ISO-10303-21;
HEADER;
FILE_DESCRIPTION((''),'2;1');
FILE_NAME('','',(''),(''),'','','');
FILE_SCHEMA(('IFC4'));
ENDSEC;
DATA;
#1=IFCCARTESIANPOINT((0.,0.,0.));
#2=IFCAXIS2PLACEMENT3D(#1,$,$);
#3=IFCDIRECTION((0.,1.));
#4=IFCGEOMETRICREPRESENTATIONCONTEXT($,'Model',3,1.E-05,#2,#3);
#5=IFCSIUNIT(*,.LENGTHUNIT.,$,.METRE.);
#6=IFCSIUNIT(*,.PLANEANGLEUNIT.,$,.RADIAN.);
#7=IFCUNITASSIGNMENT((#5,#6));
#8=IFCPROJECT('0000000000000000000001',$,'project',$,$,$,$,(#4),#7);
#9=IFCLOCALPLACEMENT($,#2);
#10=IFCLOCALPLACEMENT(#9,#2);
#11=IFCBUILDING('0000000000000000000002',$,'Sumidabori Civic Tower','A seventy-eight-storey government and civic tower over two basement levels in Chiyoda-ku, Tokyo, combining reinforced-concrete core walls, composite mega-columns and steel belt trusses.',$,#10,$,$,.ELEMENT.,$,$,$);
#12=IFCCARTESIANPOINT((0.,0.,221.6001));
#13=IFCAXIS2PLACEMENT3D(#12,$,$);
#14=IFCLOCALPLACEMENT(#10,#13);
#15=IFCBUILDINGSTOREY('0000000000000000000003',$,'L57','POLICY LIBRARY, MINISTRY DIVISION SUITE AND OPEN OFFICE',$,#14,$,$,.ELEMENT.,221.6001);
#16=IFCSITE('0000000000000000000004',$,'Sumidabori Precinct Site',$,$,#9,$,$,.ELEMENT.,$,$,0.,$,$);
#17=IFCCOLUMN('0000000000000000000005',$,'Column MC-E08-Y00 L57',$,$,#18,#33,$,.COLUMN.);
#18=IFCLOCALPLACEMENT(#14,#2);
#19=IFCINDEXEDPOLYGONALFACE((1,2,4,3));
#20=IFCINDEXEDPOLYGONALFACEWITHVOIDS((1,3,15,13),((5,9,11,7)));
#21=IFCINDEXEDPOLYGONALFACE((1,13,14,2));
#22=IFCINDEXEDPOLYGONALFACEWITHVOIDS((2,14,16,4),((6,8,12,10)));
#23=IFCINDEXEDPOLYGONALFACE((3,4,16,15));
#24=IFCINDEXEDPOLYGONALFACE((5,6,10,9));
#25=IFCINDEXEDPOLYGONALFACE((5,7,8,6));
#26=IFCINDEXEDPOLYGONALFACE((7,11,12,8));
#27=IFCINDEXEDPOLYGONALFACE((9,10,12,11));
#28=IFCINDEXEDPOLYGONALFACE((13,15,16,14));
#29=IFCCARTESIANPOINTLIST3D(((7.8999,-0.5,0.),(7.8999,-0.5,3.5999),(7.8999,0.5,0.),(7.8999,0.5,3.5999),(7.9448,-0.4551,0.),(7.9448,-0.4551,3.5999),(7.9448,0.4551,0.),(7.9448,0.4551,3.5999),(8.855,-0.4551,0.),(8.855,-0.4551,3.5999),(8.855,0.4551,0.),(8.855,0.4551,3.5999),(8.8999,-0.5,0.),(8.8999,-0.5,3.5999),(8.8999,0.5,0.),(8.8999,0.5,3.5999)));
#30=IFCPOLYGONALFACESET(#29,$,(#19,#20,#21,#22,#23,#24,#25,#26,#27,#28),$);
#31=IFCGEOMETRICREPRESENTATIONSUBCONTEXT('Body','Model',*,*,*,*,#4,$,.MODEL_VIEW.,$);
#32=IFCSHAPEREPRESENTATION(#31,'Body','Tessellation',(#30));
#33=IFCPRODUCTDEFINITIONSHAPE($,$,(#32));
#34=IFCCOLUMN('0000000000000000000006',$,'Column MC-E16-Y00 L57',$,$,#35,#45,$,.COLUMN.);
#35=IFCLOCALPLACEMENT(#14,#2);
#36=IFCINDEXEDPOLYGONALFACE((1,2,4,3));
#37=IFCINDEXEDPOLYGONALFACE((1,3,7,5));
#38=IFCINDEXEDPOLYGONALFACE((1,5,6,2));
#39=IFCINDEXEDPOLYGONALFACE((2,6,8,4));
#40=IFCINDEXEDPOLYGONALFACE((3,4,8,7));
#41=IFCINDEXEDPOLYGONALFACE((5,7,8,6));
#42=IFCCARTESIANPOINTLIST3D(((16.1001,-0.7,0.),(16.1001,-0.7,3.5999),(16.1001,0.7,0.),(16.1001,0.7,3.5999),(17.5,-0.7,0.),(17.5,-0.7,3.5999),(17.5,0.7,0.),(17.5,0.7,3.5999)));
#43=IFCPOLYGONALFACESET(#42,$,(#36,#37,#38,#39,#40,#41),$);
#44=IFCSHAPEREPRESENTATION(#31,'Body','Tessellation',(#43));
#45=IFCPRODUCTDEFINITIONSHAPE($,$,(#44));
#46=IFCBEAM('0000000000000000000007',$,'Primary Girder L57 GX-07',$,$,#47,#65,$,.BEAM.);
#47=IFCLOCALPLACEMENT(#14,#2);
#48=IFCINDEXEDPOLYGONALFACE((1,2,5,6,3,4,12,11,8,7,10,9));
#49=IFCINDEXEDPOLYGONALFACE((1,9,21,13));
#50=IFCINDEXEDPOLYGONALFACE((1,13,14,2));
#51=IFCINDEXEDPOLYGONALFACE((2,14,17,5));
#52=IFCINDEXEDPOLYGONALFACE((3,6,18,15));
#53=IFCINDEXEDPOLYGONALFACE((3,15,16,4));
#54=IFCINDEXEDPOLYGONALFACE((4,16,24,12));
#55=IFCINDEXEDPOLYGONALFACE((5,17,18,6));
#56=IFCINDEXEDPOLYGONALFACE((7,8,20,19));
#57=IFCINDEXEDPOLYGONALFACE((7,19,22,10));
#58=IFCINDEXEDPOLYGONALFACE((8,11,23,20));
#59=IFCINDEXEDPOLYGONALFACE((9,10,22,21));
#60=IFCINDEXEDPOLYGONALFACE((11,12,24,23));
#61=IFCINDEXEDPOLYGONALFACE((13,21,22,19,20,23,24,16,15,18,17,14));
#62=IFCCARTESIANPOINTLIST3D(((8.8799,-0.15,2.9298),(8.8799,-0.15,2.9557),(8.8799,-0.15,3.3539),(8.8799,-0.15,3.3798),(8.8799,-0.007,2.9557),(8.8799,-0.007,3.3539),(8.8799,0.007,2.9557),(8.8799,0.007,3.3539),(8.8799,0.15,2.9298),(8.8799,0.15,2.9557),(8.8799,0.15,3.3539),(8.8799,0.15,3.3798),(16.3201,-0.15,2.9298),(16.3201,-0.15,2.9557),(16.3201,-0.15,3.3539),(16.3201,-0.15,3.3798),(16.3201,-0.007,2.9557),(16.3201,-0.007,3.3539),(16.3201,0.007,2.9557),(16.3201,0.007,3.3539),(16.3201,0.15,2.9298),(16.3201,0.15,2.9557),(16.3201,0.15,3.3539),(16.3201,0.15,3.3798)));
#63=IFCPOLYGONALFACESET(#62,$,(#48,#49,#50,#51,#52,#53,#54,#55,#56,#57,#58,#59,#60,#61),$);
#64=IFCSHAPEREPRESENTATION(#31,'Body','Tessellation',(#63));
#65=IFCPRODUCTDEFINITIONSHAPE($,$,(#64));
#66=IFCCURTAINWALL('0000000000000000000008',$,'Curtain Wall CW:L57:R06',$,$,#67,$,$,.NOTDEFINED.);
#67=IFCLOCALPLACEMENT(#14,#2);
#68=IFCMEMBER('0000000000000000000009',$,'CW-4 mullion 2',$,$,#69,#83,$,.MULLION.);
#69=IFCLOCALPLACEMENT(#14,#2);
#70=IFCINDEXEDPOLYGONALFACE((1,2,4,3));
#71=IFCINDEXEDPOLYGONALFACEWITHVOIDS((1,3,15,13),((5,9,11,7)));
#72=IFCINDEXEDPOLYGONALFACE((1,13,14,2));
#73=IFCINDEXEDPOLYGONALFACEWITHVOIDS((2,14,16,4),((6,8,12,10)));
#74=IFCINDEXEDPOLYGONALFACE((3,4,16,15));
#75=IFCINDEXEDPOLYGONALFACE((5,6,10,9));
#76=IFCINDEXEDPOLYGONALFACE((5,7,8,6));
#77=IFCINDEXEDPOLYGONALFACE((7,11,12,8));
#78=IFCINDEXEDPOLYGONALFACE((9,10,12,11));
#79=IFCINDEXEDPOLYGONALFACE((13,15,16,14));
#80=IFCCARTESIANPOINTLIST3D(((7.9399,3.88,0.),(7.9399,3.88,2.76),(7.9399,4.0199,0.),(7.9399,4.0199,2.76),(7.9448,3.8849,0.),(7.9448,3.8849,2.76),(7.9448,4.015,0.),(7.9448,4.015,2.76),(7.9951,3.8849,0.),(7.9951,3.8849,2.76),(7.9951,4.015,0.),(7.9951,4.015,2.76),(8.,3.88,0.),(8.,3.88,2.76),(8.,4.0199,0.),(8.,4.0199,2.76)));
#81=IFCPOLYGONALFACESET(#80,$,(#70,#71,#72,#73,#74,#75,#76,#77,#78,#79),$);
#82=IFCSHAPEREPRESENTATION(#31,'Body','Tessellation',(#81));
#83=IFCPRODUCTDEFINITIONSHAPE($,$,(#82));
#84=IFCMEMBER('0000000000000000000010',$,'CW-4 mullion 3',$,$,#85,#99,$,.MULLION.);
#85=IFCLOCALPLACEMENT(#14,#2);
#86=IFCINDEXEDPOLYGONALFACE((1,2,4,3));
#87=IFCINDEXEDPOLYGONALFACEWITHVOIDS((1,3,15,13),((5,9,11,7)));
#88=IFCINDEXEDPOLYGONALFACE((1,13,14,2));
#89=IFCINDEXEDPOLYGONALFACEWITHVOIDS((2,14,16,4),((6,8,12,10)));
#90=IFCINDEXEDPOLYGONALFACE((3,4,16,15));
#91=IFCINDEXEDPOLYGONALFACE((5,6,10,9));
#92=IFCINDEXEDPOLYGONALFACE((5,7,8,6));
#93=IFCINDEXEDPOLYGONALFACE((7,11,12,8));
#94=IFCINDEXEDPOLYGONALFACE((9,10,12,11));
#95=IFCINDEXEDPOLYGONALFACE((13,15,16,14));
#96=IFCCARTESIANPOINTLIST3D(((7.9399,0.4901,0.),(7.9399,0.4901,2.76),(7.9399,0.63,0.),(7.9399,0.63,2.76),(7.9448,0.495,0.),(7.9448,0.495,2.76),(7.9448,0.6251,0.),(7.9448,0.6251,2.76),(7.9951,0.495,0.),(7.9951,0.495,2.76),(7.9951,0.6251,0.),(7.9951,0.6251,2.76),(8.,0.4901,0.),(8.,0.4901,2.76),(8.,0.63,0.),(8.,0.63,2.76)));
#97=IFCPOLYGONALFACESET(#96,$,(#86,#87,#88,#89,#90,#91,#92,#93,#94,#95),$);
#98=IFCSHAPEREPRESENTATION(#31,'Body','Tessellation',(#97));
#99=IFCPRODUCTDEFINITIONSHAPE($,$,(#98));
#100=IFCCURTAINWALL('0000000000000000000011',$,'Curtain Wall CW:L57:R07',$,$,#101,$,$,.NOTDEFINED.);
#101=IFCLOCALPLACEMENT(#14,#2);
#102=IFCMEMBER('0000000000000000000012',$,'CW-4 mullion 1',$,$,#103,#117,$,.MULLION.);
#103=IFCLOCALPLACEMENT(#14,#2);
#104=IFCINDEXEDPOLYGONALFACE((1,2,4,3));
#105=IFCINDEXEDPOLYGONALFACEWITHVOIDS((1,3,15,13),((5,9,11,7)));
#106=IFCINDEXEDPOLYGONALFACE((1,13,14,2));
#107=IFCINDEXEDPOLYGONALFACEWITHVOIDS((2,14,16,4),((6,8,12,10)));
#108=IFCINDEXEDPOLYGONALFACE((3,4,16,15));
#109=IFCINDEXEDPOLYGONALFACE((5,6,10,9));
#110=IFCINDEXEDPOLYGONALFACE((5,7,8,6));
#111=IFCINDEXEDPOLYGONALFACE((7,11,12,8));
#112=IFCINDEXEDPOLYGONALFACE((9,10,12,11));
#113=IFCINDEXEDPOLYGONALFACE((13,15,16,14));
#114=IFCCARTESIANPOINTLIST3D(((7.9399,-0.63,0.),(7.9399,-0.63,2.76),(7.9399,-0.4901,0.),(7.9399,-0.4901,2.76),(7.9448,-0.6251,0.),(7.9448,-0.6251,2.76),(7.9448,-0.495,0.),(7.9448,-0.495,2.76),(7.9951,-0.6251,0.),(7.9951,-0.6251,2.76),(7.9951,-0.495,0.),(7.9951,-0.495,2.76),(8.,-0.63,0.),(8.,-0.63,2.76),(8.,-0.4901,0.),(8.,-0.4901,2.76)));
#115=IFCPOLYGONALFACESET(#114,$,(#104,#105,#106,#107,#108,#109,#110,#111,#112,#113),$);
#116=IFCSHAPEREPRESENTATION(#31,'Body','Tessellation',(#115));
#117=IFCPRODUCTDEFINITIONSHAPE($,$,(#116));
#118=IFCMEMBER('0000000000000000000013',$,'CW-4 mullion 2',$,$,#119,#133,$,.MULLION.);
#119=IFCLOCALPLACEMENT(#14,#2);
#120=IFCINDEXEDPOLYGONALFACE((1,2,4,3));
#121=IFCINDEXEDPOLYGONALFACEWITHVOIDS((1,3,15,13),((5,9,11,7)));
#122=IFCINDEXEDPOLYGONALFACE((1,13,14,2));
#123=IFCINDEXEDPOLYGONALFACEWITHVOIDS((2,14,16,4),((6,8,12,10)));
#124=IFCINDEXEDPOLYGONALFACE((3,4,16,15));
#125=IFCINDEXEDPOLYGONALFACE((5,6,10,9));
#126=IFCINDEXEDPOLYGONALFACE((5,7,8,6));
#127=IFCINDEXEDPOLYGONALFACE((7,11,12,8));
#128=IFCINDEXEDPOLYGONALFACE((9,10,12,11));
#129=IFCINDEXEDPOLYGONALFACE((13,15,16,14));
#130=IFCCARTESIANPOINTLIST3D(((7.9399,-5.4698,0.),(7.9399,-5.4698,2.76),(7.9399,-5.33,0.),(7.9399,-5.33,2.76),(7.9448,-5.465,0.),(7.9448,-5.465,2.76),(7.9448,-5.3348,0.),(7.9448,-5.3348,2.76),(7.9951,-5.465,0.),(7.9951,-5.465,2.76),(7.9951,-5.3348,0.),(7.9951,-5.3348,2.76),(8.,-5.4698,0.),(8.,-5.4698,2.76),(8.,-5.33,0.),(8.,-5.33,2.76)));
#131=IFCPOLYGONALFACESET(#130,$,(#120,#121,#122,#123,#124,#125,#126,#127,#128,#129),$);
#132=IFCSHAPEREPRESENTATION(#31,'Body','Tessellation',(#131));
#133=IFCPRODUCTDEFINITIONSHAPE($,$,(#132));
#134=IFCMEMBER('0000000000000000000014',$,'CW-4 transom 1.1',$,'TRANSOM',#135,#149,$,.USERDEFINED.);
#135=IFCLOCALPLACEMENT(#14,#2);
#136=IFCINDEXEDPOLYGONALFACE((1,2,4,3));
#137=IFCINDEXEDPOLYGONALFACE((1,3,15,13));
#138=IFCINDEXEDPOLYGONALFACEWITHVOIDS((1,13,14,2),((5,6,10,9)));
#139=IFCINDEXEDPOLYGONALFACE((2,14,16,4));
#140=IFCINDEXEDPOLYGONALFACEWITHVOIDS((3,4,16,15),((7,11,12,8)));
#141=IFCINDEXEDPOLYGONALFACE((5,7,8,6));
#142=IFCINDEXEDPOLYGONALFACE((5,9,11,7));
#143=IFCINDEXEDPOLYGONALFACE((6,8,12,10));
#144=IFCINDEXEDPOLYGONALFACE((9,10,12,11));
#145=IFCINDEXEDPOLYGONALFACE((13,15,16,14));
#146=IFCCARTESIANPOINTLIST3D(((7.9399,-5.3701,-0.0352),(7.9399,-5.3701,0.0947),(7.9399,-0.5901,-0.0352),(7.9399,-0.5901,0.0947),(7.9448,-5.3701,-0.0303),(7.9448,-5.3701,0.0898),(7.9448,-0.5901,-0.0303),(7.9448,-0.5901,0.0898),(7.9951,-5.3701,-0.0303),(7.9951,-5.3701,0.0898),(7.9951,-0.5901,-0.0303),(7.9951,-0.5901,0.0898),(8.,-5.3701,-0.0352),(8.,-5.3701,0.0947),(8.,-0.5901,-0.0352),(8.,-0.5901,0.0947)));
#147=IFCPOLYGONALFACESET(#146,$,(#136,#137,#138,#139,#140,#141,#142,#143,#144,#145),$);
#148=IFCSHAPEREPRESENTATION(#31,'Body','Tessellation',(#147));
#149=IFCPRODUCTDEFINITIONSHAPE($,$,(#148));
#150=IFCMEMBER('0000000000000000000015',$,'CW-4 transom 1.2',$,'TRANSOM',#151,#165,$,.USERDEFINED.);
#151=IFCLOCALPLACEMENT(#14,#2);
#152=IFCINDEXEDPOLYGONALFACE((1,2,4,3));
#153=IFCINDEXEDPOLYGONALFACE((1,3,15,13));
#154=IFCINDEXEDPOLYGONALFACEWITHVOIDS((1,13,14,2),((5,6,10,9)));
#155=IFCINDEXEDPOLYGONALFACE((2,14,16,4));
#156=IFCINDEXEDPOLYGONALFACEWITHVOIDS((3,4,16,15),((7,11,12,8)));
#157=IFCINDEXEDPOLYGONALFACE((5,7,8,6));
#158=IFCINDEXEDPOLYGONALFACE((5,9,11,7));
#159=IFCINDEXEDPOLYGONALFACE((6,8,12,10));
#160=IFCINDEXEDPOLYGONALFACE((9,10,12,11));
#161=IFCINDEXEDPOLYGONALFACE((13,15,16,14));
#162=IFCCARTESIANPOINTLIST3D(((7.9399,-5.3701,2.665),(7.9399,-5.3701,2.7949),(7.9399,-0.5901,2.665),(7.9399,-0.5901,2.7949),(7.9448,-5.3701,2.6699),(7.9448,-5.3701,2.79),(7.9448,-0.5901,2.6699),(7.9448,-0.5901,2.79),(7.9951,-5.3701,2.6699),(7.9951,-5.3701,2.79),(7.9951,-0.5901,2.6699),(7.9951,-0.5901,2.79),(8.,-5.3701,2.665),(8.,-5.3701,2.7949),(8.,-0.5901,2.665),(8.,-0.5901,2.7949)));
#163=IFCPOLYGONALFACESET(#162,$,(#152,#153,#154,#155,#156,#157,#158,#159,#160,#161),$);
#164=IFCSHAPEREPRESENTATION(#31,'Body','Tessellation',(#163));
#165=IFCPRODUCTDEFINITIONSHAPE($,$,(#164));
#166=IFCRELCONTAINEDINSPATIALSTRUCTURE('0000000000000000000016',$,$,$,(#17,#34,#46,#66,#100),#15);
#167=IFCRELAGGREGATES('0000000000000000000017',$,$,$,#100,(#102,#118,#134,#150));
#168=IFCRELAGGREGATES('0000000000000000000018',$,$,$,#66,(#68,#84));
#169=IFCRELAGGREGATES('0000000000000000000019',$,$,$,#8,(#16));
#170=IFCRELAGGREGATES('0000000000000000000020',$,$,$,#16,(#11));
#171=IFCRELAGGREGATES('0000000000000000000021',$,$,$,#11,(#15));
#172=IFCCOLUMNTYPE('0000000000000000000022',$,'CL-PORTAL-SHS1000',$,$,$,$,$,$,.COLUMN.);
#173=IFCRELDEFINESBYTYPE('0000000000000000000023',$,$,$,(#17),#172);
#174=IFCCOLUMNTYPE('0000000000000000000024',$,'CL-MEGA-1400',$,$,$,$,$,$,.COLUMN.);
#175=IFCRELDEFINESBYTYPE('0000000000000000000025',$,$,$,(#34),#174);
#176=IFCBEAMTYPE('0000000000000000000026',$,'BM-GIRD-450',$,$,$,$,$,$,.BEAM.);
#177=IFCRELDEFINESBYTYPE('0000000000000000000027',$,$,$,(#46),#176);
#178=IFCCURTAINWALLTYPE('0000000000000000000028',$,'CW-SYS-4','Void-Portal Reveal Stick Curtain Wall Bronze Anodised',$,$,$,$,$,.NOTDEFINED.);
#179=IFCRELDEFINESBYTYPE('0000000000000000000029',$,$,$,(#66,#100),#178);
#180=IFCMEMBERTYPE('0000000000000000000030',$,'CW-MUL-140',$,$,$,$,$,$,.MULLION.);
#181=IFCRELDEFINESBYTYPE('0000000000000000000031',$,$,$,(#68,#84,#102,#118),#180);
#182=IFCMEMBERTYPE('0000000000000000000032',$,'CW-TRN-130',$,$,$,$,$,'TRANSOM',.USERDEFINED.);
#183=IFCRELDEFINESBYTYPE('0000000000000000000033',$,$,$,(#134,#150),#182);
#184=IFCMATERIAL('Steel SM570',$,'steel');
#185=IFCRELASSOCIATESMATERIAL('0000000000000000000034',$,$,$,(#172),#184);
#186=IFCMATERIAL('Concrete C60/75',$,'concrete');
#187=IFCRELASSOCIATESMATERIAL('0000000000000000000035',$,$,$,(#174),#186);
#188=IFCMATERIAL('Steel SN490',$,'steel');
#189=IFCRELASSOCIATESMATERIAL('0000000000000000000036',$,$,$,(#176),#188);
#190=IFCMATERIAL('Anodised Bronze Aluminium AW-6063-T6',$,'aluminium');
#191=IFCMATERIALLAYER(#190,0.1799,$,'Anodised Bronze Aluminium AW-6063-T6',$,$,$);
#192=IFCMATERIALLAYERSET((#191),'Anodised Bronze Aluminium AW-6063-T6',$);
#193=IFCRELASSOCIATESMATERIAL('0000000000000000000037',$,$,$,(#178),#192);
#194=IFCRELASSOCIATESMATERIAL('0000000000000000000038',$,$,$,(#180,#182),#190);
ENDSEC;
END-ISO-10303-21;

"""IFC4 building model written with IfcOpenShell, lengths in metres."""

from ifc_helpers import new_model, si_unit, direction, frame, origin, origin_2d, place, context, subcontext, project, spatial, rectangle, hollow_rectangle, i_section, extrude, source, transform, mapped, material, layer, layer_set, material_profile, profile_set, type_object, element, aggregate, save


model = new_model("IFC4")

# Units and contexts
model_context = context("Model", 3, precision=1e-05, world=origin(), true_north=direction((0.0, 1.0)))
body_context = subcontext(model_context, "Body", "Model", "MODEL_VIEW")
ifc_project = project(units=[si_unit("LENGTHUNIT", "METRE"), si_unit("PLANEANGLEUNIT", "RADIAN")], contexts=[model_context])

# Site, building, storey
site_placement = place(None, origin())
site = spatial("IfcSite", under=ifc_project, at=site_placement, Name="Sumidabori Precinct Site", CompositionType="ELEMENT", RefElevation=0.0)
building_placement = place(site_placement, origin())
building = spatial("IfcBuilding", under=site, at=building_placement, Name="Sumidabori Civic Tower", Description="A seventy-eight-storey government and civic tower over two basement levels in Chiyoda-ku, Tokyo, combining reinforced-concrete core walls, composite mega-columns and steel belt trusses.", CompositionType="ELEMENT")
storey_placement = place(building_placement, frame((0.0, 0.0, 221.6001)))
storey = spatial("IfcBuildingStorey", under=building, at=storey_placement, Name="L57", Description="POLICY LIBRARY, MINISTRY DIVISION SUITE AND OPEN OFFICE", CompositionType="ELEMENT", Elevation=221.6001)

# Columns
ifc_material_1 = material(Name="Steel SM570", Category="steel")
ifc_material_profile_1 = material_profile(ifc_material_1, hollow_rectangle(XDim=1.0, YDim=1.0, WallThickness=0.0449, at=origin_2d()), Name="SHS 1000x1000x45")
ifc_profile_set_1 = profile_set([ifc_material_profile_1], Name="Steel SM570")
column_type_1 = type_object("IfcColumnType", Name="CL-PORTAL-SHS1000", PredefinedType="COLUMN", material=ifc_profile_set_1)
shared_shape_1 = source(origin(), body_context, "Body", "SweptSolid", [
    extrude(hollow_rectangle(XDim=1.0, YDim=1.0, WallThickness=0.0449, at=origin_2d()), origin(), (0.0, 0.0, 1.0), 3.5999),
])
column_1_placement = place(storey_placement, frame((8.3999, 0.0, 0.0), z_axis=(0.0, 0.0, 1.0), x_axis=(1.0, 0.0, 0.0)))
element("IfcColumn", 1, at=column_1_placement, inside=storey, type_object=column_type_1, Name="Column MC-E08-Y00 L57", PredefinedType="COLUMN", context=body_context, shape_type="MappedRepresentation", body=[
    mapped(shared_shape_1, transform((0.0, 0.0, 0.0), x_axis=(1.0, 0.0, 0.0), y_axis=(0.0, 1.0, 0.0), z_axis=(0.0, 0.0, 1.0), scale=1.0)),
])
ifc_material_2 = material(Name="Concrete C60/75", Category="concrete")
ifc_material_profile_2 = material_profile(ifc_material_2, rectangle(XDim=1.3999, YDim=1.3999, at=origin_2d()), Name="RC 1400x1400")
ifc_profile_set_2 = profile_set([ifc_material_profile_2], Name="Concrete C60/75")
column_type_2 = type_object("IfcColumnType", Name="CL-MEGA-1400", PredefinedType="COLUMN", material=ifc_profile_set_2)
shared_shape_2 = source(origin(), body_context, "Body", "SweptSolid", [
    extrude(rectangle(XDim=1.3999, YDim=1.3999, at=origin_2d()), origin(), (0.0, 0.0, 1.0), 3.5999),
])
column_2_placement = place(storey_placement, frame((16.8, 0.0, 0.0), z_axis=(0.0, 0.0, 1.0), x_axis=(1.0, 0.0, 0.0)))
element("IfcColumn", 2, at=column_2_placement, inside=storey, type_object=column_type_2, Name="Column MC-E16-Y00 L57", PredefinedType="COLUMN", context=body_context, shape_type="MappedRepresentation", body=[
    mapped(shared_shape_2, transform((0.0, 0.0, 0.0), x_axis=(1.0, 0.0, 0.0), y_axis=(0.0, 1.0, 0.0), z_axis=(0.0, 0.0, 1.0), scale=1.0)),
])

# Beam
ifc_material_3 = material(Name="Steel SN490", Category="steel")
ifc_material_profile_3 = material_profile(ifc_material_3, i_section(OverallWidth=0.3, OverallDepth=0.45, WebThickness=0.0139, FlangeThickness=0.0259, at=origin_2d()), Name="HE 450 B")
ifc_profile_set_3 = profile_set([ifc_material_profile_3], Name="Steel SN490")
beam_type = type_object("IfcBeamType", Name="BM-GIRD-450", PredefinedType="BEAM", material=ifc_profile_set_3)
shared_shape_3 = source(origin(), body_context, "Body", "SweptSolid", [
    extrude(i_section(OverallWidth=0.3, OverallDepth=0.45, WebThickness=0.0139, FlangeThickness=0.0259, at=origin_2d()), origin(), (0.0, 0.0, 1.0), 7.4402),
])
beam_placement = place(storey_placement, frame((8.8799, 0.0, 3.1548), z_axis=(1.0, 0.0, 0.0), x_axis=(0.0, 1.0, 0.0)))
element("IfcBeam", 3, at=beam_placement, inside=storey, type_object=beam_type, Name="Primary Girder L57 GX-07", PredefinedType="BEAM", context=body_context, shape_type="MappedRepresentation", body=[
    mapped(shared_shape_3, transform((0.0, 0.0, 0.0), x_axis=(1.0, 0.0, 0.0), y_axis=(0.0, 1.0, 0.0), z_axis=(0.0, 0.0, 1.0), scale=1.0)),
])

# Curtain walls, members
ifc_material_4 = material(Name="Anodised Bronze Aluminium AW-6063-T6", Category="aluminium")
ifc_layer_1 = layer(ifc_material_4, 0.1799, Name="Anodised Bronze Aluminium AW-6063-T6")
ifc_layer_set_1 = layer_set([ifc_layer_1], Name="Anodised Bronze Aluminium AW-6063-T6")
curtain_wall_type = type_object("IfcCurtainWallType", Name="CW-SYS-4", Description="Void-Portal Reveal Stick Curtain Wall Bronze Anodised", PredefinedType="NOTDEFINED", material=ifc_layer_set_1)
curtain_wall_1_placement = place(storey_placement, origin())
curtain_wall_1 = element("IfcCurtainWall", 4, at=curtain_wall_1_placement, inside=storey, type_object=curtain_wall_type, Name="Curtain Wall CW:L57:R06", PredefinedType="NOTDEFINED")
ifc_material_profile_4 = material_profile(ifc_material_4, hollow_rectangle(XDim=0.0601, YDim=0.1399, WallThickness=0.0049, at=origin_2d()), Name="ALU MULLION 140x60")
ifc_profile_set_4 = profile_set([ifc_material_profile_4], Name="Anodised Bronze Aluminium AW-6063-T6")
member_type_1 = type_object("IfcMemberType", Name="CW-MUL-140", PredefinedType="MULLION", material=ifc_profile_set_4)
shared_shape_4 = source(origin(), body_context, "Body", "SweptSolid", [
    extrude(hollow_rectangle(XDim=0.0601, YDim=0.1399, WallThickness=0.0049, at=origin_2d()), origin(), (0.0, 0.0, 1.0), 2.76),
])
member_1_placement = place(storey_placement, frame((7.97, 3.95, 0.0), z_axis=(0.0, 0.0, 1.0), x_axis=(1.0, 0.0, 0.0)))
member_1 = element("IfcMember", 5, at=member_1_placement, type_object=member_type_1, Name="CW-4 mullion 2", PredefinedType="MULLION", context=body_context, shape_type="MappedRepresentation", body=[
    mapped(shared_shape_4, transform((0.0, 0.0, 0.0), x_axis=(1.0, 0.0, 0.0), y_axis=(0.0, 1.0, 0.0), z_axis=(0.0, 0.0, 1.0), scale=1.0)),
])
member_2_placement = place(storey_placement, frame((7.97, 0.5601, 0.0), z_axis=(0.0, 0.0, 1.0), x_axis=(1.0, 0.0, 0.0)))
member_2 = element("IfcMember", 6, at=member_2_placement, type_object=member_type_1, Name="CW-4 mullion 3", PredefinedType="MULLION", context=body_context, shape_type="MappedRepresentation", body=[
    mapped(shared_shape_4, transform((0.0, 0.0, 0.0), x_axis=(1.0, 0.0, 0.0), y_axis=(0.0, 1.0, 0.0), z_axis=(0.0, 0.0, 1.0), scale=1.0)),
])
curtain_wall_2_placement = place(storey_placement, origin())
curtain_wall_2 = element("IfcCurtainWall", 7, at=curtain_wall_2_placement, inside=storey, type_object=curtain_wall_type, Name="Curtain Wall CW:L57:R07", PredefinedType="NOTDEFINED")
member_3_placement = place(storey_placement, frame((7.97, -0.5601, 0.0), z_axis=(0.0, 0.0, 1.0), x_axis=(1.0, 0.0, 0.0)))
member_3 = element("IfcMember", 8, at=member_3_placement, type_object=member_type_1, Name="CW-4 mullion 1", PredefinedType="MULLION", context=body_context, shape_type="MappedRepresentation", body=[
    mapped(shared_shape_4, transform((0.0, 0.0, 0.0), x_axis=(1.0, 0.0, 0.0), y_axis=(0.0, 1.0, 0.0), z_axis=(0.0, 0.0, 1.0), scale=1.0)),
])
member_4_placement = place(storey_placement, frame((7.97, -5.3999, 0.0), z_axis=(0.0, 0.0, 1.0), x_axis=(1.0, 0.0, 0.0)))
member_4 = element("IfcMember", 9, at=member_4_placement, type_object=member_type_1, Name="CW-4 mullion 2", PredefinedType="MULLION", context=body_context, shape_type="MappedRepresentation", body=[
    mapped(shared_shape_4, transform((0.0, 0.0, 0.0), x_axis=(1.0, 0.0, 0.0), y_axis=(0.0, 1.0, 0.0), z_axis=(0.0, 0.0, 1.0), scale=1.0)),
])
ifc_material_profile_5 = material_profile(ifc_material_4, hollow_rectangle(XDim=0.0601, YDim=0.1299, WallThickness=0.0049, at=origin_2d()), Name="ALU TRANSOM 130x60")
ifc_profile_set_5 = profile_set([ifc_material_profile_5], Name="Anodised Bronze Aluminium AW-6063-T6")
member_type_2 = type_object("IfcMemberType", Name="CW-TRN-130", ElementType="TRANSOM", PredefinedType="USERDEFINED", material=ifc_profile_set_5)
shared_shape_5 = source(origin(), body_context, "Body", "SweptSolid", [
    extrude(hollow_rectangle(XDim=0.0601, YDim=0.1299, WallThickness=0.0049, at=origin_2d()), origin(), (0.0, 0.0, 1.0), 4.78),
])
member_5_placement = place(storey_placement, frame((7.97, -0.5901, 0.0298), z_axis=(0.0, -1.0, 0.0), x_axis=(1.0, 0.0, 0.0)))
member_5 = element("IfcMember", 10, at=member_5_placement, type_object=member_type_2, Name="CW-4 transom 1.1", ObjectType="TRANSOM", PredefinedType="USERDEFINED", context=body_context, shape_type="MappedRepresentation", body=[
    mapped(shared_shape_5, transform((0.0, 0.0, 0.0), x_axis=(1.0, 0.0, 0.0), y_axis=(0.0, 1.0, 0.0), z_axis=(0.0, 0.0, 1.0), scale=1.0)),
])
member_6_placement = place(storey_placement, frame((7.97, -0.5901, 2.73), z_axis=(0.0, -1.0, 0.0), x_axis=(1.0, 0.0, 0.0)))
member_6 = element("IfcMember", 11, at=member_6_placement, type_object=member_type_2, Name="CW-4 transom 1.2", ObjectType="TRANSOM", PredefinedType="USERDEFINED", context=body_context, shape_type="MappedRepresentation", body=[
    mapped(shared_shape_5, transform((0.0, 0.0, 0.0), x_axis=(1.0, 0.0, 0.0), y_axis=(0.0, 1.0, 0.0), z_axis=(0.0, 0.0, 1.0), scale=1.0)),
])

aggregate(curtain_wall_2, [member_3, member_4, member_5, member_6])
aggregate(curtain_wall_1, [member_1, member_2])

save(model, "model.ifc")
